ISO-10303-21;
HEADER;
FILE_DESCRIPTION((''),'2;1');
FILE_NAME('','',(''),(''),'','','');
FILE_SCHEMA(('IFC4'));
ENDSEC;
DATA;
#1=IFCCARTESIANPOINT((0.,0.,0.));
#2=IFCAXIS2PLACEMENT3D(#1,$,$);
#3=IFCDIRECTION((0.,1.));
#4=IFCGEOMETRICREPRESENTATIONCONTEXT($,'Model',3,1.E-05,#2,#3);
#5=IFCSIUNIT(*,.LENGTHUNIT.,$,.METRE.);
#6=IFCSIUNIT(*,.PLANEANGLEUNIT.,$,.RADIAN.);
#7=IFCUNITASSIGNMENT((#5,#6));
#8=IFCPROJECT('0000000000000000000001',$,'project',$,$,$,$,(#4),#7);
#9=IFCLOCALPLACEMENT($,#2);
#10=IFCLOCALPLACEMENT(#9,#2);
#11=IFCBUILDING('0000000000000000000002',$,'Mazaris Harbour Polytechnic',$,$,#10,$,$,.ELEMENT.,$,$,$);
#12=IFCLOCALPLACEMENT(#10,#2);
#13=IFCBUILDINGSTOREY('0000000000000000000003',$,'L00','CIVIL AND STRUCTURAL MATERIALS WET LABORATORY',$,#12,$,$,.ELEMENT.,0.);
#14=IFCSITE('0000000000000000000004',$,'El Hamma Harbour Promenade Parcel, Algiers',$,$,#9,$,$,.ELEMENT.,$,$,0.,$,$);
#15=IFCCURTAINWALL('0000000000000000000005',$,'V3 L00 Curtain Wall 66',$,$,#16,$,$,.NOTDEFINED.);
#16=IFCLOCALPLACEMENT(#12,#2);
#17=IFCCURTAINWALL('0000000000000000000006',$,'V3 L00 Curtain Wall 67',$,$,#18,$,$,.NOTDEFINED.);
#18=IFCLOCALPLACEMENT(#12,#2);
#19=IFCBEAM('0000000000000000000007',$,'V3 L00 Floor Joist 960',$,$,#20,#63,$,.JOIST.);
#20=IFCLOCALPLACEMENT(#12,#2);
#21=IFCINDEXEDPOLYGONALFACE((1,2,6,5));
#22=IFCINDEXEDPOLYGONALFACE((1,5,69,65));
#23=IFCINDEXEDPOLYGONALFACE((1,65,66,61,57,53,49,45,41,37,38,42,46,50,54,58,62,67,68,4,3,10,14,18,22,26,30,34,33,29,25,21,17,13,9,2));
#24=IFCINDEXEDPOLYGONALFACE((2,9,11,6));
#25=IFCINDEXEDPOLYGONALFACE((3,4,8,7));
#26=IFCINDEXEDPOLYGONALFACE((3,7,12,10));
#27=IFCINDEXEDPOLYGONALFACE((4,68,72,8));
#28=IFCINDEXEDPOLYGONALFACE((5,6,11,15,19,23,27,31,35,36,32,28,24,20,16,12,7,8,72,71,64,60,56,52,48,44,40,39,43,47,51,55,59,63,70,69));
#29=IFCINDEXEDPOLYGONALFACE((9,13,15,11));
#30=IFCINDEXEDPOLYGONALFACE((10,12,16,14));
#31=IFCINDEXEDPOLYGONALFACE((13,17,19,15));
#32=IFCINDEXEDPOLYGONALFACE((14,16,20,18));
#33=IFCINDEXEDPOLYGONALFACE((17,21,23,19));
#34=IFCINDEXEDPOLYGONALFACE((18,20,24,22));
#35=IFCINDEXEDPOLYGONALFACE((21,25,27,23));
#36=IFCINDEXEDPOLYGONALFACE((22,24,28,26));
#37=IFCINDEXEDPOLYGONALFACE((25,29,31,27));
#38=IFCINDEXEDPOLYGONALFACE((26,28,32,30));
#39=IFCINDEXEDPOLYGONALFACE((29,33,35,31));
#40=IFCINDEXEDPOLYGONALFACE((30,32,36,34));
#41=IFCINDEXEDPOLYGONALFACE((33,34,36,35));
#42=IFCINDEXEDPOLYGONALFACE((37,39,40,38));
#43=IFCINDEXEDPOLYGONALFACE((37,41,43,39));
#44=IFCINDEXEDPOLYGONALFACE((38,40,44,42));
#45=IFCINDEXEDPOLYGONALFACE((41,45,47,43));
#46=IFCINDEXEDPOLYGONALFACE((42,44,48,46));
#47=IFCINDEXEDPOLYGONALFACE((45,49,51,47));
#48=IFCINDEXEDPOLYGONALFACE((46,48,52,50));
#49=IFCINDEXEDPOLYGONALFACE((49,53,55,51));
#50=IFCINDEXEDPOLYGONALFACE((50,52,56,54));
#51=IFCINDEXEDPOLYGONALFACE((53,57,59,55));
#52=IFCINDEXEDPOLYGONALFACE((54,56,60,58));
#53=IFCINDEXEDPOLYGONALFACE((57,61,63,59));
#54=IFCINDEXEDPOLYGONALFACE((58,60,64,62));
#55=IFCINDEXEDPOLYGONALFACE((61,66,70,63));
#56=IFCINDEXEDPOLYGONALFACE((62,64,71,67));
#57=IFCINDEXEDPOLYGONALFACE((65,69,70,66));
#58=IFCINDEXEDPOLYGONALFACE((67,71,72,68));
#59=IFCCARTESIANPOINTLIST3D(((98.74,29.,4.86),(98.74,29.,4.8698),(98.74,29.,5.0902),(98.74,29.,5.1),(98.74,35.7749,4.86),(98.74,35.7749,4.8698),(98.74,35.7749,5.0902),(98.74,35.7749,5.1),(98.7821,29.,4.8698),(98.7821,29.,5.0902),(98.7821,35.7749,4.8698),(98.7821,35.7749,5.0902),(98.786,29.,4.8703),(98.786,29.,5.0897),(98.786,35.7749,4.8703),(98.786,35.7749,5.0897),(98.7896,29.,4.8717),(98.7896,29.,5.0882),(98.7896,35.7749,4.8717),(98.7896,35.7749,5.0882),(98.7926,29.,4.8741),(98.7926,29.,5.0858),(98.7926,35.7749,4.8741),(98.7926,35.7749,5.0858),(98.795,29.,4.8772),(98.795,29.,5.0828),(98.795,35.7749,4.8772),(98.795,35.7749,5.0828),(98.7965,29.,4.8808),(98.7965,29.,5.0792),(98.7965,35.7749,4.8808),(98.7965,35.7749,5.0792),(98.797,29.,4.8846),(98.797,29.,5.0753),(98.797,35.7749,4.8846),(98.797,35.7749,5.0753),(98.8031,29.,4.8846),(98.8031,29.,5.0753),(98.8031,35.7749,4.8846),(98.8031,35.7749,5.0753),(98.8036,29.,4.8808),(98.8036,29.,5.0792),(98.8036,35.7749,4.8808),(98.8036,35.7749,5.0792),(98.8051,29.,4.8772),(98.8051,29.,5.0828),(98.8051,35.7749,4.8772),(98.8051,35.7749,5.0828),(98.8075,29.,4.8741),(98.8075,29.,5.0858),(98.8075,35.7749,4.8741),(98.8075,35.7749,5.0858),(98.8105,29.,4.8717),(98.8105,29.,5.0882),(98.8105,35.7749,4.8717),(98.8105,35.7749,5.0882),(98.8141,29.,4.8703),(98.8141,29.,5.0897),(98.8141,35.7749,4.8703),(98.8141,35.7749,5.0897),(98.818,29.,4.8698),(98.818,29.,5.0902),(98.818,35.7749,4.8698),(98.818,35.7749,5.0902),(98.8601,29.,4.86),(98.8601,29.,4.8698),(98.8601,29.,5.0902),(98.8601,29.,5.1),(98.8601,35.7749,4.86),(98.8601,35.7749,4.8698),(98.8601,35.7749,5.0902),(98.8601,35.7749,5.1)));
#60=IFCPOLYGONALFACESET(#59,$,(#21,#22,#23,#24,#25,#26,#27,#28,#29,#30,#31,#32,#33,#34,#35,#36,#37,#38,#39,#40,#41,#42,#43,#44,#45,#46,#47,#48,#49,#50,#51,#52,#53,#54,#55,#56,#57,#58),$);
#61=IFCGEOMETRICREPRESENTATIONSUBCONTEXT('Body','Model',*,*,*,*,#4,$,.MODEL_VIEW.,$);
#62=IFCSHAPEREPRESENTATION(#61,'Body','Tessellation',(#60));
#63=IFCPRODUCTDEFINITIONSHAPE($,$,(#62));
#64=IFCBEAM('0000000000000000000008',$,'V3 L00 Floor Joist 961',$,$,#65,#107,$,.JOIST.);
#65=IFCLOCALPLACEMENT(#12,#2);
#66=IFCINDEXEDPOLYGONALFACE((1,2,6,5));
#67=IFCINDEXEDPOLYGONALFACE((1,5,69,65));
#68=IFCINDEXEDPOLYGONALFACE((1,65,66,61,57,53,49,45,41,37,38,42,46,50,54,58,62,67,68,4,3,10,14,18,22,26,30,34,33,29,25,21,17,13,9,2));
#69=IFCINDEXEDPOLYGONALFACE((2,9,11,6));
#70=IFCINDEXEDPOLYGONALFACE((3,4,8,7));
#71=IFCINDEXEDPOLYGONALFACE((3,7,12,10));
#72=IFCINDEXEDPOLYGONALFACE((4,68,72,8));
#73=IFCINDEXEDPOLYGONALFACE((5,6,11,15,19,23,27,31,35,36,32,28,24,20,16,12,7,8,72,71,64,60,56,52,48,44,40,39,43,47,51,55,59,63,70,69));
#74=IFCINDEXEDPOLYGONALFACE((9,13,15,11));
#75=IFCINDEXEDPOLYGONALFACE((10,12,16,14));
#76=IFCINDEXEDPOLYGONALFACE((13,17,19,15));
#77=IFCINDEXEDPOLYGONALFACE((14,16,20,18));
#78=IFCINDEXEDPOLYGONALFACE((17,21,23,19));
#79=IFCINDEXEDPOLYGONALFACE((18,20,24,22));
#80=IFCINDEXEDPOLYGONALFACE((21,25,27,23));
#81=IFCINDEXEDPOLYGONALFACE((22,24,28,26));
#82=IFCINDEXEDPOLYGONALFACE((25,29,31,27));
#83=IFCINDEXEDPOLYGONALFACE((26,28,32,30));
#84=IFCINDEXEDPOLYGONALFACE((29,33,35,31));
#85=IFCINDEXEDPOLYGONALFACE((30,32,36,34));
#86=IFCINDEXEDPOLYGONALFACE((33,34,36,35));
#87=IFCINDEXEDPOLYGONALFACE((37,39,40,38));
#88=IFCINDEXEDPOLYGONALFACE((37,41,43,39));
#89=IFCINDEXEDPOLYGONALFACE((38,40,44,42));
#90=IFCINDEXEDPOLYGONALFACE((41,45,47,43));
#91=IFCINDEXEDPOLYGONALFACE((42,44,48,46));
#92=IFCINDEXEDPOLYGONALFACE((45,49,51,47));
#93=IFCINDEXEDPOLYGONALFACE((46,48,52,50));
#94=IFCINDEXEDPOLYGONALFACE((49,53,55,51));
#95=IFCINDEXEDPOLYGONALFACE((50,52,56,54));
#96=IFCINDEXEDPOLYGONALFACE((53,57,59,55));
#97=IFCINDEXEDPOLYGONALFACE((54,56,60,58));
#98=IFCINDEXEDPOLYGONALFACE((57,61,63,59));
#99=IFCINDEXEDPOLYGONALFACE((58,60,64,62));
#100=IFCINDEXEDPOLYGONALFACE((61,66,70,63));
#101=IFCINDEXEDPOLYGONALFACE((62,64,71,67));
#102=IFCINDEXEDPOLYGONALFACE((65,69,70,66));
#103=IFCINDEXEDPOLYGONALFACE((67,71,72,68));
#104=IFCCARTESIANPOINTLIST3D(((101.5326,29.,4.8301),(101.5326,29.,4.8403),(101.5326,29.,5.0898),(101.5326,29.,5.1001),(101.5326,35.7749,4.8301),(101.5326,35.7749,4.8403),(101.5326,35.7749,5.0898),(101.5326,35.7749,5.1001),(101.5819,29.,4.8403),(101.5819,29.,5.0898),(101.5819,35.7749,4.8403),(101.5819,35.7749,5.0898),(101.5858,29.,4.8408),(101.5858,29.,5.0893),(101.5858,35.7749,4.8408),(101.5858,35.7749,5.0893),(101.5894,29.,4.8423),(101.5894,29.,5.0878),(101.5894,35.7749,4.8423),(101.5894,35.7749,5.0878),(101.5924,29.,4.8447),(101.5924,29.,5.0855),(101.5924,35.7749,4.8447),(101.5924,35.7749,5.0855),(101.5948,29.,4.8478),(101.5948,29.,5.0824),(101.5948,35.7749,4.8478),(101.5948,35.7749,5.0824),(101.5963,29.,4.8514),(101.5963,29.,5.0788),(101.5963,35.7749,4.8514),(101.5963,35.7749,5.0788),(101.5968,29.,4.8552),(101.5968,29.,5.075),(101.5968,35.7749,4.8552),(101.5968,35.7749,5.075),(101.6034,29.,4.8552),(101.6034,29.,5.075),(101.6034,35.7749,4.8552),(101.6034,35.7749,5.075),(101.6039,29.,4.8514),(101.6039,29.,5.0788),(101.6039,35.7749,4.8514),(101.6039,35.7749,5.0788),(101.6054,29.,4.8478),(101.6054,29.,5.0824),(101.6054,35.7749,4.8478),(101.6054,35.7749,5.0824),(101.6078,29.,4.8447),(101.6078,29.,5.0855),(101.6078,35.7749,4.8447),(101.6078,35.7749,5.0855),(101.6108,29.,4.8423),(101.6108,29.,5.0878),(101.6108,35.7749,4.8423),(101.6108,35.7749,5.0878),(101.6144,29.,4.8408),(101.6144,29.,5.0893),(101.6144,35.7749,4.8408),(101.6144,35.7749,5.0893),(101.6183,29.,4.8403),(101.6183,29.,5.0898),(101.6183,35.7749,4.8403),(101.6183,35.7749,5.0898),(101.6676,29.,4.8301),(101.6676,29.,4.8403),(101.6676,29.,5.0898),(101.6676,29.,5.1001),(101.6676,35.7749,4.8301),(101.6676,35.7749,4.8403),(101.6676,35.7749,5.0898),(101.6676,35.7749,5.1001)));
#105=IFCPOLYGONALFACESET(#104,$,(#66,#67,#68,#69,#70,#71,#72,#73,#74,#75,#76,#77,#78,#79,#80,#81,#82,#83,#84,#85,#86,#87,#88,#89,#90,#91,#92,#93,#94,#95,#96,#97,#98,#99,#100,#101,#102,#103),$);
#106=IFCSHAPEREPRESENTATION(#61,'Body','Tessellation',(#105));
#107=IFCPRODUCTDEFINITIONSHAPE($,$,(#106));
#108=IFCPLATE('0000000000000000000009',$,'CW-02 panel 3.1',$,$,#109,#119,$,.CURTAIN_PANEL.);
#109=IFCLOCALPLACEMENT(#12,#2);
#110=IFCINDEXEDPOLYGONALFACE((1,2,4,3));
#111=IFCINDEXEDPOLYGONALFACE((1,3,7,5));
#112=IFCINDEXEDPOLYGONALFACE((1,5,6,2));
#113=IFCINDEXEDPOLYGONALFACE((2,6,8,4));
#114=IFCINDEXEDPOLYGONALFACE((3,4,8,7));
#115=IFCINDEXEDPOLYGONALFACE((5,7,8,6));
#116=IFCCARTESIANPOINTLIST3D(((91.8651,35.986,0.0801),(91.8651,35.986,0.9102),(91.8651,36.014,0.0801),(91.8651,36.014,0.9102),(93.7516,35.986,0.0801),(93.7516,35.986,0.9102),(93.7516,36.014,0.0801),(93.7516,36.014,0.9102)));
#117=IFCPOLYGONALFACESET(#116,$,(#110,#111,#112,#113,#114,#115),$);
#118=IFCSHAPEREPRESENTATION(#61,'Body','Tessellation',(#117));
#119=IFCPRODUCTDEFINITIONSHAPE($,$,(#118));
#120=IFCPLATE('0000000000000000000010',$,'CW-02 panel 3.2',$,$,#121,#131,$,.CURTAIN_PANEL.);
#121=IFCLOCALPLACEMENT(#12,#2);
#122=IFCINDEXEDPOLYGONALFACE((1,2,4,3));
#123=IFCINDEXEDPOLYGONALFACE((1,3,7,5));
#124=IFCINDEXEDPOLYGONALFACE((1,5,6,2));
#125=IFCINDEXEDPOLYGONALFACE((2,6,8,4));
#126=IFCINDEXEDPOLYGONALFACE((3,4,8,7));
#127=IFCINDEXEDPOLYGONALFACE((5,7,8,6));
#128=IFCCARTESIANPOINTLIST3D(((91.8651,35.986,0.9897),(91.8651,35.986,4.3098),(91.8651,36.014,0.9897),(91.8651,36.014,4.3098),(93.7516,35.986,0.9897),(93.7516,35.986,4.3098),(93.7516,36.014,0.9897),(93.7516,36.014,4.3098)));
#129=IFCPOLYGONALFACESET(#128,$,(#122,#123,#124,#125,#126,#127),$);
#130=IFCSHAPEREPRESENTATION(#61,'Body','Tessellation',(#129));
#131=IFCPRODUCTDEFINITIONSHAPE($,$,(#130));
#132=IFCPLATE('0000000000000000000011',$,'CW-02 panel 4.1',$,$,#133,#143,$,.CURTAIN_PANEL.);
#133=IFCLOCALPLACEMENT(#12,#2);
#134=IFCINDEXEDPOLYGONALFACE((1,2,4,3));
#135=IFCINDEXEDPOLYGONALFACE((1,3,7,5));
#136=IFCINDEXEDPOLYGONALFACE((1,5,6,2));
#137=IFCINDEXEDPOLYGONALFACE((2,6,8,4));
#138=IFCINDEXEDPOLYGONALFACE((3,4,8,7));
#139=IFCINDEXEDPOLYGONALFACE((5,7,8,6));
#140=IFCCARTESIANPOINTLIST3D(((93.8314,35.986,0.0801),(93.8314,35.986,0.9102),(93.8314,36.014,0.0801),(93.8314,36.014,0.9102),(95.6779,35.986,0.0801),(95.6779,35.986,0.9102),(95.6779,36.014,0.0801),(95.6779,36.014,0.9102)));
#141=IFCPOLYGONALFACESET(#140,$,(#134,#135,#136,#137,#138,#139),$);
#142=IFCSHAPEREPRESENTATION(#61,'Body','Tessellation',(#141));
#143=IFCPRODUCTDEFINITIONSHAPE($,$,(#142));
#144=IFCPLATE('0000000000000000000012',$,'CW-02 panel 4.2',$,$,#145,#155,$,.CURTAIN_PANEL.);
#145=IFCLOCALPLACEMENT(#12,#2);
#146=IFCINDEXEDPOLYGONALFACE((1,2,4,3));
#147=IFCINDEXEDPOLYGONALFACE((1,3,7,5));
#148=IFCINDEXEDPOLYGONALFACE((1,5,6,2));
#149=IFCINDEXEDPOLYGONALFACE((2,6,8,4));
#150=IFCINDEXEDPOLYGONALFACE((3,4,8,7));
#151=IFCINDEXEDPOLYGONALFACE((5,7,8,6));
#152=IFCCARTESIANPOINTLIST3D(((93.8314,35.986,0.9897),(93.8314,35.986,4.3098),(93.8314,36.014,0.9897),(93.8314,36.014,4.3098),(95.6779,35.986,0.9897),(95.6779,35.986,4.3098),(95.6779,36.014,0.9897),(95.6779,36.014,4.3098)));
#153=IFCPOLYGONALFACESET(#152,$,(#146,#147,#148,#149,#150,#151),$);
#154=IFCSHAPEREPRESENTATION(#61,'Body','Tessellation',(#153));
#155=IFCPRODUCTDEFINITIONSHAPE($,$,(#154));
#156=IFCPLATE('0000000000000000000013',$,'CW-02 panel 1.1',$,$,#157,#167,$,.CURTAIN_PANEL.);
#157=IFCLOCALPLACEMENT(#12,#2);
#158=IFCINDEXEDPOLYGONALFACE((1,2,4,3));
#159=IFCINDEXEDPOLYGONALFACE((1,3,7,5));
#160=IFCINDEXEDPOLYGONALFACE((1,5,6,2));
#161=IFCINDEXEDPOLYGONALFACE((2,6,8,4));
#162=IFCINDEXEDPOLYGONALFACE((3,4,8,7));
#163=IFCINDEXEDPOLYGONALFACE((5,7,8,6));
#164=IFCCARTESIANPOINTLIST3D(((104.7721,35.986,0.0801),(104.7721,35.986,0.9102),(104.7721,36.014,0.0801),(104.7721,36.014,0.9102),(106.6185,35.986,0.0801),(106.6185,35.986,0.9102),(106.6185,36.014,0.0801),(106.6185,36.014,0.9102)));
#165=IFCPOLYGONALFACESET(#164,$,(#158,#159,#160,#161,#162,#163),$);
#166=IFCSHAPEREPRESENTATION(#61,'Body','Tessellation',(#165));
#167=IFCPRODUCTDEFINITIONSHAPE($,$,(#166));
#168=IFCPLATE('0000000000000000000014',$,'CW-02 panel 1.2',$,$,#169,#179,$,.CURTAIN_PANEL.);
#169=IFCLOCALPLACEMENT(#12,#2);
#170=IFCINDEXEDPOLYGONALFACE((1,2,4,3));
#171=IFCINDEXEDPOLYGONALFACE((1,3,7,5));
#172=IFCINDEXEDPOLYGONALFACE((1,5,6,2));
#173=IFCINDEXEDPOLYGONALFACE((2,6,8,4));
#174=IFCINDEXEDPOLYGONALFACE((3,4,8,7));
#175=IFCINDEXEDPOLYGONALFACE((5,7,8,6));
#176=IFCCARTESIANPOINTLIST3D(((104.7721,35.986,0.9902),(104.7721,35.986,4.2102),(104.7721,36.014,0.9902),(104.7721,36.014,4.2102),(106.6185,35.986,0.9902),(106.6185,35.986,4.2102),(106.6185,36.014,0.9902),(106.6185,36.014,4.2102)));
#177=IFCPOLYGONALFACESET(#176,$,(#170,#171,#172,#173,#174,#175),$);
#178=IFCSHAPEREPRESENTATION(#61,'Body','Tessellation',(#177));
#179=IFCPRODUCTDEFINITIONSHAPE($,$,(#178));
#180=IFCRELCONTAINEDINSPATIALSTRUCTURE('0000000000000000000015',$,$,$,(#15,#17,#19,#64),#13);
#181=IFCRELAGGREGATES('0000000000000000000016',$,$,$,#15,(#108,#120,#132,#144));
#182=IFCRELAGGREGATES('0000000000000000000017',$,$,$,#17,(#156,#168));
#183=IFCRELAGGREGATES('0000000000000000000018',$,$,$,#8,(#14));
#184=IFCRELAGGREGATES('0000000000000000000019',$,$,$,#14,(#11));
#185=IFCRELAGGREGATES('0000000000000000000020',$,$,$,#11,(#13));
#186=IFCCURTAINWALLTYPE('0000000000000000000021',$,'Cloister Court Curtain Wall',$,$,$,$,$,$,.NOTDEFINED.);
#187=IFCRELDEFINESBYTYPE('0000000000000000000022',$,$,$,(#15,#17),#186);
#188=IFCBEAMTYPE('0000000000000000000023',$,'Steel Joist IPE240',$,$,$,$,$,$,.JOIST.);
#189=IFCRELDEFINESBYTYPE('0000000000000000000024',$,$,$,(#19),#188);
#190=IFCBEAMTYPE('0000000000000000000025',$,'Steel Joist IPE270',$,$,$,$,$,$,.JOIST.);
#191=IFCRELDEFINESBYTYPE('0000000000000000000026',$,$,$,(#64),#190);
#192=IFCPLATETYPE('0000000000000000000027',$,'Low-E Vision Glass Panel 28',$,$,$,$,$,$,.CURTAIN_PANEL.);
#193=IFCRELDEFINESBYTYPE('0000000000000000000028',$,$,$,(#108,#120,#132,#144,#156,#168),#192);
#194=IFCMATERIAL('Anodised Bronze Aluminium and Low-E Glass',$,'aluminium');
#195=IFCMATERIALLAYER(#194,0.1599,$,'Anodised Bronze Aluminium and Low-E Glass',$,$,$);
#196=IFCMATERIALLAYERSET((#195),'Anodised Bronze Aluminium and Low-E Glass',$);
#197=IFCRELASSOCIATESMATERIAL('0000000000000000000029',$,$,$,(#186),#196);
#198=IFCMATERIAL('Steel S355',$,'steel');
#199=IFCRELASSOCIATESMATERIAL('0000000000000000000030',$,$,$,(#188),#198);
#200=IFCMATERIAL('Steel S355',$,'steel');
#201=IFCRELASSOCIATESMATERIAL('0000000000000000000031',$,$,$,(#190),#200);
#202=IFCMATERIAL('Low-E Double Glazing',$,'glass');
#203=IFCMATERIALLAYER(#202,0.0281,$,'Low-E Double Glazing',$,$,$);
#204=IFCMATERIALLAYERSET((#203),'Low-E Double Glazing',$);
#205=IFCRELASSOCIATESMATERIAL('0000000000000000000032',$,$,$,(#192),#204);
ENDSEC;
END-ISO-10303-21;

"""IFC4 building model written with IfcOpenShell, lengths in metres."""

from ifc_helpers import new_model, si_unit, direction, frame, origin, origin_2d, place, context, subcontext, project, spatial, rectangle, i_section, extrude, material, layer, layer_set, material_profile, profile_set, type_object, element, aggregate, save


model = new_model("IFC4")

# Units and contexts
model_context = context("Model", 3, precision=1e-05, world=origin(), true_north=direction((0.0, 1.0)))
body_context = subcontext(model_context, "Body", "Model", "MODEL_VIEW")
ifc_project = project(units=[si_unit("LENGTHUNIT", "METRE"), si_unit("PLANEANGLEUNIT", "RADIAN")], contexts=[model_context])

# Site, building, storey
site_placement = place(None, origin())
site = spatial("IfcSite", under=ifc_project, at=site_placement, Name="El Hamma Harbour Promenade Parcel, Algiers", CompositionType="ELEMENT", RefElevation=0.0)
building_placement = place(site_placement, origin())
building = spatial("IfcBuilding", under=site, at=building_placement, Name="Mazaris Harbour Polytechnic", CompositionType="ELEMENT")
storey_placement = place(building_placement, origin())
storey = spatial("IfcBuildingStorey", under=building, at=storey_placement, Name="L00", Description="CIVIL AND STRUCTURAL MATERIALS WET LABORATORY", CompositionType="ELEMENT", Elevation=0.0)

# Curtain walls
ifc_material_1 = material(Name="Anodised Bronze Aluminium and Low-E Glass", Category="aluminium")
ifc_layer_1 = layer(ifc_material_1, 0.1599, Name="Anodised Bronze Aluminium and Low-E Glass")
ifc_layer_set_1 = layer_set([ifc_layer_1], Name="Anodised Bronze Aluminium and Low-E Glass")
curtain_wall_type = type_object("IfcCurtainWallType", Name="Cloister Court Curtain Wall", PredefinedType="NOTDEFINED", material=ifc_layer_set_1)
curtain_wall_1_placement = place(storey_placement, origin())
curtain_wall_1 = element("IfcCurtainWall", 1, at=curtain_wall_1_placement, inside=storey, type_object=curtain_wall_type, Name="V3 L00 Curtain Wall 66", PredefinedType="NOTDEFINED")
curtain_wall_2_placement = place(storey_placement, origin())
curtain_wall_2 = element("IfcCurtainWall", 2, at=curtain_wall_2_placement, inside=storey, type_object=curtain_wall_type, Name="V3 L00 Curtain Wall 67", PredefinedType="NOTDEFINED")

# Beams
ifc_material_2 = material(Name="Steel S355", Category="steel")
ifc_material_profile_1 = material_profile(ifc_material_2, i_section(OverallWidth=0.1201, OverallDepth=0.24, WebThickness=0.0061, FlangeThickness=0.0098, FilletRadius=0.0149, at=origin_2d()), Name="IPE 240")
ifc_profile_set_1 = profile_set([ifc_material_profile_1], Name="Steel S355")
beam_type_1 = type_object("IfcBeamType", Name="Steel Joist IPE240", PredefinedType="JOIST", material=ifc_profile_set_1)
beam_1_placement = place(storey_placement, frame((98.8, 29.0, 4.98), z_axis=(0.0, 1.0, 0.0), x_axis=(-1.0, 0.0, 0.0)))
element("IfcBeam", 3, at=beam_1_placement, inside=storey, type_object=beam_type_1, Name="V3 L00 Floor Joist 960", PredefinedType="JOIST", context=body_context, shape_type="SweptSolid", body=[
    extrude(i_section(OverallWidth=0.1201, OverallDepth=0.24, WebThickness=0.0061, FlangeThickness=0.0098, FilletRadius=0.0149, at=origin_2d()), origin(), (0.0, 0.0, 1.0), 6.7749),
])
ifc_material_3 = material(Name="Steel S355", Category="steel")
ifc_material_profile_2 = material_profile(ifc_material_3, i_section(OverallWidth=0.135, OverallDepth=0.27, WebThickness=0.0066, FlangeThickness=0.0103, FilletRadius=0.0149, at=origin_2d()), Name="IPE 270")
ifc_profile_set_2 = profile_set([ifc_material_profile_2], Name="Steel S355")
beam_type_2 = type_object("IfcBeamType", Name="Steel Joist IPE270", PredefinedType="JOIST", material=ifc_profile_set_2)
beam_2_placement = place(storey_placement, frame((101.6001, 29.0, 4.9651), z_axis=(0.0, 1.0, 0.0), x_axis=(-1.0, 0.0, 0.0)))
element("IfcBeam", 4, at=beam_2_placement, inside=storey, type_object=beam_type_2, Name="V3 L00 Floor Joist 961", PredefinedType="JOIST", context=body_context, shape_type="SweptSolid", body=[
    extrude(i_section(OverallWidth=0.135, OverallDepth=0.27, WebThickness=0.0066, FlangeThickness=0.0103, FilletRadius=0.0149, at=origin_2d()), origin(), (0.0, 0.0, 1.0), 6.7749),
])

# Plates
ifc_material_4 = material(Name="Low-E Double Glazing", Category="glass")
ifc_layer_2 = layer(ifc_material_4, 0.0281, Name="Low-E Double Glazing")
ifc_layer_set_2 = layer_set([ifc_layer_2], Name="Low-E Double Glazing")
plate_type = type_object("IfcPlateType", Name="Low-E Vision Glass Panel 28", PredefinedType="CURTAIN_PANEL", material=ifc_layer_set_2)
plate_1_placement = place(storey_placement, frame((92.8083, 36.0, 0.0801), z_axis=(0.0, 0.0, 1.0), x_axis=(1.0, 0.0, 0.0)))
plate_1 = element("IfcPlate", 5, at=plate_1_placement, type_object=plate_type, Name="CW-02 panel 3.1", PredefinedType="CURTAIN_PANEL", context=body_context, shape_type="SweptSolid", body=[
    extrude(rectangle(XDim=1.8865, YDim=0.0281, at=origin_2d()), origin(), (0.0, 0.0, 1.0), 0.8301),
])
plate_2_placement = place(storey_placement, frame((92.8083, 36.0, 0.9897), z_axis=(0.0, 0.0, 1.0), x_axis=(1.0, 0.0, 0.0)))
plate_2 = element("IfcPlate", 6, at=plate_2_placement, type_object=plate_type, Name="CW-02 panel 3.2", PredefinedType="CURTAIN_PANEL", context=body_context, shape_type="SweptSolid", body=[
    extrude(rectangle(XDim=1.8865, YDim=0.0281, at=origin_2d()), origin(), (0.0, 0.0, 1.0), 3.3201),
])
plate_3_placement = place(storey_placement, frame((94.7546, 36.0, 0.0801), z_axis=(0.0, 0.0, 1.0), x_axis=(1.0, 0.0, 0.0)))
plate_3 = element("IfcPlate", 7, at=plate_3_placement, type_object=plate_type, Name="CW-02 panel 4.1", PredefinedType="CURTAIN_PANEL", context=body_context, shape_type="SweptSolid", body=[
    extrude(rectangle(XDim=1.8464, YDim=0.0281, at=origin_2d()), origin(), (0.0, 0.0, 1.0), 0.8301),
])
plate_4_placement = place(storey_placement, frame((94.7546, 36.0, 0.9897), z_axis=(0.0, 0.0, 1.0), x_axis=(1.0, 0.0, 0.0)))
plate_4 = element("IfcPlate", 8, at=plate_4_placement, type_object=plate_type, Name="CW-02 panel 4.2", PredefinedType="CURTAIN_PANEL", context=body_context, shape_type="SweptSolid", body=[
    extrude(rectangle(XDim=1.8464, YDim=0.0281, at=origin_2d()), origin(), (0.0, 0.0, 1.0), 3.3201),
])
aggregate(curtain_wall_1, [plate_1, plate_2, plate_3, plate_4])
plate_5_placement = place(storey_placement, frame((105.6953, 36.0, 0.0801), z_axis=(0.0, 0.0, 1.0), x_axis=(1.0, 0.0, 0.0)))
plate_5 = element("IfcPlate", 9, at=plate_5_placement, type_object=plate_type, Name="CW-02 panel 1.1", PredefinedType="CURTAIN_PANEL", context=body_context, shape_type="SweptSolid", body=[
    extrude(rectangle(XDim=1.8464, YDim=0.0281, at=origin_2d()), origin(), (0.0, 0.0, 1.0), 0.8301),
])
plate_6_placement = place(storey_placement, frame((105.6953, 36.0, 0.9902), z_axis=(0.0, 0.0, 1.0), x_axis=(1.0, 0.0, 0.0)))
plate_6 = element("IfcPlate", 10, at=plate_6_placement, type_object=plate_type, Name="CW-02 panel 1.2", PredefinedType="CURTAIN_PANEL", context=body_context, shape_type="SweptSolid", body=[
    extrude(rectangle(XDim=1.8464, YDim=0.0281, at=origin_2d()), origin(), (0.0, 0.0, 1.0), 3.22),
])
aggregate(curtain_wall_2, [plate_5, plate_6])

save(model, "model.ifc")
